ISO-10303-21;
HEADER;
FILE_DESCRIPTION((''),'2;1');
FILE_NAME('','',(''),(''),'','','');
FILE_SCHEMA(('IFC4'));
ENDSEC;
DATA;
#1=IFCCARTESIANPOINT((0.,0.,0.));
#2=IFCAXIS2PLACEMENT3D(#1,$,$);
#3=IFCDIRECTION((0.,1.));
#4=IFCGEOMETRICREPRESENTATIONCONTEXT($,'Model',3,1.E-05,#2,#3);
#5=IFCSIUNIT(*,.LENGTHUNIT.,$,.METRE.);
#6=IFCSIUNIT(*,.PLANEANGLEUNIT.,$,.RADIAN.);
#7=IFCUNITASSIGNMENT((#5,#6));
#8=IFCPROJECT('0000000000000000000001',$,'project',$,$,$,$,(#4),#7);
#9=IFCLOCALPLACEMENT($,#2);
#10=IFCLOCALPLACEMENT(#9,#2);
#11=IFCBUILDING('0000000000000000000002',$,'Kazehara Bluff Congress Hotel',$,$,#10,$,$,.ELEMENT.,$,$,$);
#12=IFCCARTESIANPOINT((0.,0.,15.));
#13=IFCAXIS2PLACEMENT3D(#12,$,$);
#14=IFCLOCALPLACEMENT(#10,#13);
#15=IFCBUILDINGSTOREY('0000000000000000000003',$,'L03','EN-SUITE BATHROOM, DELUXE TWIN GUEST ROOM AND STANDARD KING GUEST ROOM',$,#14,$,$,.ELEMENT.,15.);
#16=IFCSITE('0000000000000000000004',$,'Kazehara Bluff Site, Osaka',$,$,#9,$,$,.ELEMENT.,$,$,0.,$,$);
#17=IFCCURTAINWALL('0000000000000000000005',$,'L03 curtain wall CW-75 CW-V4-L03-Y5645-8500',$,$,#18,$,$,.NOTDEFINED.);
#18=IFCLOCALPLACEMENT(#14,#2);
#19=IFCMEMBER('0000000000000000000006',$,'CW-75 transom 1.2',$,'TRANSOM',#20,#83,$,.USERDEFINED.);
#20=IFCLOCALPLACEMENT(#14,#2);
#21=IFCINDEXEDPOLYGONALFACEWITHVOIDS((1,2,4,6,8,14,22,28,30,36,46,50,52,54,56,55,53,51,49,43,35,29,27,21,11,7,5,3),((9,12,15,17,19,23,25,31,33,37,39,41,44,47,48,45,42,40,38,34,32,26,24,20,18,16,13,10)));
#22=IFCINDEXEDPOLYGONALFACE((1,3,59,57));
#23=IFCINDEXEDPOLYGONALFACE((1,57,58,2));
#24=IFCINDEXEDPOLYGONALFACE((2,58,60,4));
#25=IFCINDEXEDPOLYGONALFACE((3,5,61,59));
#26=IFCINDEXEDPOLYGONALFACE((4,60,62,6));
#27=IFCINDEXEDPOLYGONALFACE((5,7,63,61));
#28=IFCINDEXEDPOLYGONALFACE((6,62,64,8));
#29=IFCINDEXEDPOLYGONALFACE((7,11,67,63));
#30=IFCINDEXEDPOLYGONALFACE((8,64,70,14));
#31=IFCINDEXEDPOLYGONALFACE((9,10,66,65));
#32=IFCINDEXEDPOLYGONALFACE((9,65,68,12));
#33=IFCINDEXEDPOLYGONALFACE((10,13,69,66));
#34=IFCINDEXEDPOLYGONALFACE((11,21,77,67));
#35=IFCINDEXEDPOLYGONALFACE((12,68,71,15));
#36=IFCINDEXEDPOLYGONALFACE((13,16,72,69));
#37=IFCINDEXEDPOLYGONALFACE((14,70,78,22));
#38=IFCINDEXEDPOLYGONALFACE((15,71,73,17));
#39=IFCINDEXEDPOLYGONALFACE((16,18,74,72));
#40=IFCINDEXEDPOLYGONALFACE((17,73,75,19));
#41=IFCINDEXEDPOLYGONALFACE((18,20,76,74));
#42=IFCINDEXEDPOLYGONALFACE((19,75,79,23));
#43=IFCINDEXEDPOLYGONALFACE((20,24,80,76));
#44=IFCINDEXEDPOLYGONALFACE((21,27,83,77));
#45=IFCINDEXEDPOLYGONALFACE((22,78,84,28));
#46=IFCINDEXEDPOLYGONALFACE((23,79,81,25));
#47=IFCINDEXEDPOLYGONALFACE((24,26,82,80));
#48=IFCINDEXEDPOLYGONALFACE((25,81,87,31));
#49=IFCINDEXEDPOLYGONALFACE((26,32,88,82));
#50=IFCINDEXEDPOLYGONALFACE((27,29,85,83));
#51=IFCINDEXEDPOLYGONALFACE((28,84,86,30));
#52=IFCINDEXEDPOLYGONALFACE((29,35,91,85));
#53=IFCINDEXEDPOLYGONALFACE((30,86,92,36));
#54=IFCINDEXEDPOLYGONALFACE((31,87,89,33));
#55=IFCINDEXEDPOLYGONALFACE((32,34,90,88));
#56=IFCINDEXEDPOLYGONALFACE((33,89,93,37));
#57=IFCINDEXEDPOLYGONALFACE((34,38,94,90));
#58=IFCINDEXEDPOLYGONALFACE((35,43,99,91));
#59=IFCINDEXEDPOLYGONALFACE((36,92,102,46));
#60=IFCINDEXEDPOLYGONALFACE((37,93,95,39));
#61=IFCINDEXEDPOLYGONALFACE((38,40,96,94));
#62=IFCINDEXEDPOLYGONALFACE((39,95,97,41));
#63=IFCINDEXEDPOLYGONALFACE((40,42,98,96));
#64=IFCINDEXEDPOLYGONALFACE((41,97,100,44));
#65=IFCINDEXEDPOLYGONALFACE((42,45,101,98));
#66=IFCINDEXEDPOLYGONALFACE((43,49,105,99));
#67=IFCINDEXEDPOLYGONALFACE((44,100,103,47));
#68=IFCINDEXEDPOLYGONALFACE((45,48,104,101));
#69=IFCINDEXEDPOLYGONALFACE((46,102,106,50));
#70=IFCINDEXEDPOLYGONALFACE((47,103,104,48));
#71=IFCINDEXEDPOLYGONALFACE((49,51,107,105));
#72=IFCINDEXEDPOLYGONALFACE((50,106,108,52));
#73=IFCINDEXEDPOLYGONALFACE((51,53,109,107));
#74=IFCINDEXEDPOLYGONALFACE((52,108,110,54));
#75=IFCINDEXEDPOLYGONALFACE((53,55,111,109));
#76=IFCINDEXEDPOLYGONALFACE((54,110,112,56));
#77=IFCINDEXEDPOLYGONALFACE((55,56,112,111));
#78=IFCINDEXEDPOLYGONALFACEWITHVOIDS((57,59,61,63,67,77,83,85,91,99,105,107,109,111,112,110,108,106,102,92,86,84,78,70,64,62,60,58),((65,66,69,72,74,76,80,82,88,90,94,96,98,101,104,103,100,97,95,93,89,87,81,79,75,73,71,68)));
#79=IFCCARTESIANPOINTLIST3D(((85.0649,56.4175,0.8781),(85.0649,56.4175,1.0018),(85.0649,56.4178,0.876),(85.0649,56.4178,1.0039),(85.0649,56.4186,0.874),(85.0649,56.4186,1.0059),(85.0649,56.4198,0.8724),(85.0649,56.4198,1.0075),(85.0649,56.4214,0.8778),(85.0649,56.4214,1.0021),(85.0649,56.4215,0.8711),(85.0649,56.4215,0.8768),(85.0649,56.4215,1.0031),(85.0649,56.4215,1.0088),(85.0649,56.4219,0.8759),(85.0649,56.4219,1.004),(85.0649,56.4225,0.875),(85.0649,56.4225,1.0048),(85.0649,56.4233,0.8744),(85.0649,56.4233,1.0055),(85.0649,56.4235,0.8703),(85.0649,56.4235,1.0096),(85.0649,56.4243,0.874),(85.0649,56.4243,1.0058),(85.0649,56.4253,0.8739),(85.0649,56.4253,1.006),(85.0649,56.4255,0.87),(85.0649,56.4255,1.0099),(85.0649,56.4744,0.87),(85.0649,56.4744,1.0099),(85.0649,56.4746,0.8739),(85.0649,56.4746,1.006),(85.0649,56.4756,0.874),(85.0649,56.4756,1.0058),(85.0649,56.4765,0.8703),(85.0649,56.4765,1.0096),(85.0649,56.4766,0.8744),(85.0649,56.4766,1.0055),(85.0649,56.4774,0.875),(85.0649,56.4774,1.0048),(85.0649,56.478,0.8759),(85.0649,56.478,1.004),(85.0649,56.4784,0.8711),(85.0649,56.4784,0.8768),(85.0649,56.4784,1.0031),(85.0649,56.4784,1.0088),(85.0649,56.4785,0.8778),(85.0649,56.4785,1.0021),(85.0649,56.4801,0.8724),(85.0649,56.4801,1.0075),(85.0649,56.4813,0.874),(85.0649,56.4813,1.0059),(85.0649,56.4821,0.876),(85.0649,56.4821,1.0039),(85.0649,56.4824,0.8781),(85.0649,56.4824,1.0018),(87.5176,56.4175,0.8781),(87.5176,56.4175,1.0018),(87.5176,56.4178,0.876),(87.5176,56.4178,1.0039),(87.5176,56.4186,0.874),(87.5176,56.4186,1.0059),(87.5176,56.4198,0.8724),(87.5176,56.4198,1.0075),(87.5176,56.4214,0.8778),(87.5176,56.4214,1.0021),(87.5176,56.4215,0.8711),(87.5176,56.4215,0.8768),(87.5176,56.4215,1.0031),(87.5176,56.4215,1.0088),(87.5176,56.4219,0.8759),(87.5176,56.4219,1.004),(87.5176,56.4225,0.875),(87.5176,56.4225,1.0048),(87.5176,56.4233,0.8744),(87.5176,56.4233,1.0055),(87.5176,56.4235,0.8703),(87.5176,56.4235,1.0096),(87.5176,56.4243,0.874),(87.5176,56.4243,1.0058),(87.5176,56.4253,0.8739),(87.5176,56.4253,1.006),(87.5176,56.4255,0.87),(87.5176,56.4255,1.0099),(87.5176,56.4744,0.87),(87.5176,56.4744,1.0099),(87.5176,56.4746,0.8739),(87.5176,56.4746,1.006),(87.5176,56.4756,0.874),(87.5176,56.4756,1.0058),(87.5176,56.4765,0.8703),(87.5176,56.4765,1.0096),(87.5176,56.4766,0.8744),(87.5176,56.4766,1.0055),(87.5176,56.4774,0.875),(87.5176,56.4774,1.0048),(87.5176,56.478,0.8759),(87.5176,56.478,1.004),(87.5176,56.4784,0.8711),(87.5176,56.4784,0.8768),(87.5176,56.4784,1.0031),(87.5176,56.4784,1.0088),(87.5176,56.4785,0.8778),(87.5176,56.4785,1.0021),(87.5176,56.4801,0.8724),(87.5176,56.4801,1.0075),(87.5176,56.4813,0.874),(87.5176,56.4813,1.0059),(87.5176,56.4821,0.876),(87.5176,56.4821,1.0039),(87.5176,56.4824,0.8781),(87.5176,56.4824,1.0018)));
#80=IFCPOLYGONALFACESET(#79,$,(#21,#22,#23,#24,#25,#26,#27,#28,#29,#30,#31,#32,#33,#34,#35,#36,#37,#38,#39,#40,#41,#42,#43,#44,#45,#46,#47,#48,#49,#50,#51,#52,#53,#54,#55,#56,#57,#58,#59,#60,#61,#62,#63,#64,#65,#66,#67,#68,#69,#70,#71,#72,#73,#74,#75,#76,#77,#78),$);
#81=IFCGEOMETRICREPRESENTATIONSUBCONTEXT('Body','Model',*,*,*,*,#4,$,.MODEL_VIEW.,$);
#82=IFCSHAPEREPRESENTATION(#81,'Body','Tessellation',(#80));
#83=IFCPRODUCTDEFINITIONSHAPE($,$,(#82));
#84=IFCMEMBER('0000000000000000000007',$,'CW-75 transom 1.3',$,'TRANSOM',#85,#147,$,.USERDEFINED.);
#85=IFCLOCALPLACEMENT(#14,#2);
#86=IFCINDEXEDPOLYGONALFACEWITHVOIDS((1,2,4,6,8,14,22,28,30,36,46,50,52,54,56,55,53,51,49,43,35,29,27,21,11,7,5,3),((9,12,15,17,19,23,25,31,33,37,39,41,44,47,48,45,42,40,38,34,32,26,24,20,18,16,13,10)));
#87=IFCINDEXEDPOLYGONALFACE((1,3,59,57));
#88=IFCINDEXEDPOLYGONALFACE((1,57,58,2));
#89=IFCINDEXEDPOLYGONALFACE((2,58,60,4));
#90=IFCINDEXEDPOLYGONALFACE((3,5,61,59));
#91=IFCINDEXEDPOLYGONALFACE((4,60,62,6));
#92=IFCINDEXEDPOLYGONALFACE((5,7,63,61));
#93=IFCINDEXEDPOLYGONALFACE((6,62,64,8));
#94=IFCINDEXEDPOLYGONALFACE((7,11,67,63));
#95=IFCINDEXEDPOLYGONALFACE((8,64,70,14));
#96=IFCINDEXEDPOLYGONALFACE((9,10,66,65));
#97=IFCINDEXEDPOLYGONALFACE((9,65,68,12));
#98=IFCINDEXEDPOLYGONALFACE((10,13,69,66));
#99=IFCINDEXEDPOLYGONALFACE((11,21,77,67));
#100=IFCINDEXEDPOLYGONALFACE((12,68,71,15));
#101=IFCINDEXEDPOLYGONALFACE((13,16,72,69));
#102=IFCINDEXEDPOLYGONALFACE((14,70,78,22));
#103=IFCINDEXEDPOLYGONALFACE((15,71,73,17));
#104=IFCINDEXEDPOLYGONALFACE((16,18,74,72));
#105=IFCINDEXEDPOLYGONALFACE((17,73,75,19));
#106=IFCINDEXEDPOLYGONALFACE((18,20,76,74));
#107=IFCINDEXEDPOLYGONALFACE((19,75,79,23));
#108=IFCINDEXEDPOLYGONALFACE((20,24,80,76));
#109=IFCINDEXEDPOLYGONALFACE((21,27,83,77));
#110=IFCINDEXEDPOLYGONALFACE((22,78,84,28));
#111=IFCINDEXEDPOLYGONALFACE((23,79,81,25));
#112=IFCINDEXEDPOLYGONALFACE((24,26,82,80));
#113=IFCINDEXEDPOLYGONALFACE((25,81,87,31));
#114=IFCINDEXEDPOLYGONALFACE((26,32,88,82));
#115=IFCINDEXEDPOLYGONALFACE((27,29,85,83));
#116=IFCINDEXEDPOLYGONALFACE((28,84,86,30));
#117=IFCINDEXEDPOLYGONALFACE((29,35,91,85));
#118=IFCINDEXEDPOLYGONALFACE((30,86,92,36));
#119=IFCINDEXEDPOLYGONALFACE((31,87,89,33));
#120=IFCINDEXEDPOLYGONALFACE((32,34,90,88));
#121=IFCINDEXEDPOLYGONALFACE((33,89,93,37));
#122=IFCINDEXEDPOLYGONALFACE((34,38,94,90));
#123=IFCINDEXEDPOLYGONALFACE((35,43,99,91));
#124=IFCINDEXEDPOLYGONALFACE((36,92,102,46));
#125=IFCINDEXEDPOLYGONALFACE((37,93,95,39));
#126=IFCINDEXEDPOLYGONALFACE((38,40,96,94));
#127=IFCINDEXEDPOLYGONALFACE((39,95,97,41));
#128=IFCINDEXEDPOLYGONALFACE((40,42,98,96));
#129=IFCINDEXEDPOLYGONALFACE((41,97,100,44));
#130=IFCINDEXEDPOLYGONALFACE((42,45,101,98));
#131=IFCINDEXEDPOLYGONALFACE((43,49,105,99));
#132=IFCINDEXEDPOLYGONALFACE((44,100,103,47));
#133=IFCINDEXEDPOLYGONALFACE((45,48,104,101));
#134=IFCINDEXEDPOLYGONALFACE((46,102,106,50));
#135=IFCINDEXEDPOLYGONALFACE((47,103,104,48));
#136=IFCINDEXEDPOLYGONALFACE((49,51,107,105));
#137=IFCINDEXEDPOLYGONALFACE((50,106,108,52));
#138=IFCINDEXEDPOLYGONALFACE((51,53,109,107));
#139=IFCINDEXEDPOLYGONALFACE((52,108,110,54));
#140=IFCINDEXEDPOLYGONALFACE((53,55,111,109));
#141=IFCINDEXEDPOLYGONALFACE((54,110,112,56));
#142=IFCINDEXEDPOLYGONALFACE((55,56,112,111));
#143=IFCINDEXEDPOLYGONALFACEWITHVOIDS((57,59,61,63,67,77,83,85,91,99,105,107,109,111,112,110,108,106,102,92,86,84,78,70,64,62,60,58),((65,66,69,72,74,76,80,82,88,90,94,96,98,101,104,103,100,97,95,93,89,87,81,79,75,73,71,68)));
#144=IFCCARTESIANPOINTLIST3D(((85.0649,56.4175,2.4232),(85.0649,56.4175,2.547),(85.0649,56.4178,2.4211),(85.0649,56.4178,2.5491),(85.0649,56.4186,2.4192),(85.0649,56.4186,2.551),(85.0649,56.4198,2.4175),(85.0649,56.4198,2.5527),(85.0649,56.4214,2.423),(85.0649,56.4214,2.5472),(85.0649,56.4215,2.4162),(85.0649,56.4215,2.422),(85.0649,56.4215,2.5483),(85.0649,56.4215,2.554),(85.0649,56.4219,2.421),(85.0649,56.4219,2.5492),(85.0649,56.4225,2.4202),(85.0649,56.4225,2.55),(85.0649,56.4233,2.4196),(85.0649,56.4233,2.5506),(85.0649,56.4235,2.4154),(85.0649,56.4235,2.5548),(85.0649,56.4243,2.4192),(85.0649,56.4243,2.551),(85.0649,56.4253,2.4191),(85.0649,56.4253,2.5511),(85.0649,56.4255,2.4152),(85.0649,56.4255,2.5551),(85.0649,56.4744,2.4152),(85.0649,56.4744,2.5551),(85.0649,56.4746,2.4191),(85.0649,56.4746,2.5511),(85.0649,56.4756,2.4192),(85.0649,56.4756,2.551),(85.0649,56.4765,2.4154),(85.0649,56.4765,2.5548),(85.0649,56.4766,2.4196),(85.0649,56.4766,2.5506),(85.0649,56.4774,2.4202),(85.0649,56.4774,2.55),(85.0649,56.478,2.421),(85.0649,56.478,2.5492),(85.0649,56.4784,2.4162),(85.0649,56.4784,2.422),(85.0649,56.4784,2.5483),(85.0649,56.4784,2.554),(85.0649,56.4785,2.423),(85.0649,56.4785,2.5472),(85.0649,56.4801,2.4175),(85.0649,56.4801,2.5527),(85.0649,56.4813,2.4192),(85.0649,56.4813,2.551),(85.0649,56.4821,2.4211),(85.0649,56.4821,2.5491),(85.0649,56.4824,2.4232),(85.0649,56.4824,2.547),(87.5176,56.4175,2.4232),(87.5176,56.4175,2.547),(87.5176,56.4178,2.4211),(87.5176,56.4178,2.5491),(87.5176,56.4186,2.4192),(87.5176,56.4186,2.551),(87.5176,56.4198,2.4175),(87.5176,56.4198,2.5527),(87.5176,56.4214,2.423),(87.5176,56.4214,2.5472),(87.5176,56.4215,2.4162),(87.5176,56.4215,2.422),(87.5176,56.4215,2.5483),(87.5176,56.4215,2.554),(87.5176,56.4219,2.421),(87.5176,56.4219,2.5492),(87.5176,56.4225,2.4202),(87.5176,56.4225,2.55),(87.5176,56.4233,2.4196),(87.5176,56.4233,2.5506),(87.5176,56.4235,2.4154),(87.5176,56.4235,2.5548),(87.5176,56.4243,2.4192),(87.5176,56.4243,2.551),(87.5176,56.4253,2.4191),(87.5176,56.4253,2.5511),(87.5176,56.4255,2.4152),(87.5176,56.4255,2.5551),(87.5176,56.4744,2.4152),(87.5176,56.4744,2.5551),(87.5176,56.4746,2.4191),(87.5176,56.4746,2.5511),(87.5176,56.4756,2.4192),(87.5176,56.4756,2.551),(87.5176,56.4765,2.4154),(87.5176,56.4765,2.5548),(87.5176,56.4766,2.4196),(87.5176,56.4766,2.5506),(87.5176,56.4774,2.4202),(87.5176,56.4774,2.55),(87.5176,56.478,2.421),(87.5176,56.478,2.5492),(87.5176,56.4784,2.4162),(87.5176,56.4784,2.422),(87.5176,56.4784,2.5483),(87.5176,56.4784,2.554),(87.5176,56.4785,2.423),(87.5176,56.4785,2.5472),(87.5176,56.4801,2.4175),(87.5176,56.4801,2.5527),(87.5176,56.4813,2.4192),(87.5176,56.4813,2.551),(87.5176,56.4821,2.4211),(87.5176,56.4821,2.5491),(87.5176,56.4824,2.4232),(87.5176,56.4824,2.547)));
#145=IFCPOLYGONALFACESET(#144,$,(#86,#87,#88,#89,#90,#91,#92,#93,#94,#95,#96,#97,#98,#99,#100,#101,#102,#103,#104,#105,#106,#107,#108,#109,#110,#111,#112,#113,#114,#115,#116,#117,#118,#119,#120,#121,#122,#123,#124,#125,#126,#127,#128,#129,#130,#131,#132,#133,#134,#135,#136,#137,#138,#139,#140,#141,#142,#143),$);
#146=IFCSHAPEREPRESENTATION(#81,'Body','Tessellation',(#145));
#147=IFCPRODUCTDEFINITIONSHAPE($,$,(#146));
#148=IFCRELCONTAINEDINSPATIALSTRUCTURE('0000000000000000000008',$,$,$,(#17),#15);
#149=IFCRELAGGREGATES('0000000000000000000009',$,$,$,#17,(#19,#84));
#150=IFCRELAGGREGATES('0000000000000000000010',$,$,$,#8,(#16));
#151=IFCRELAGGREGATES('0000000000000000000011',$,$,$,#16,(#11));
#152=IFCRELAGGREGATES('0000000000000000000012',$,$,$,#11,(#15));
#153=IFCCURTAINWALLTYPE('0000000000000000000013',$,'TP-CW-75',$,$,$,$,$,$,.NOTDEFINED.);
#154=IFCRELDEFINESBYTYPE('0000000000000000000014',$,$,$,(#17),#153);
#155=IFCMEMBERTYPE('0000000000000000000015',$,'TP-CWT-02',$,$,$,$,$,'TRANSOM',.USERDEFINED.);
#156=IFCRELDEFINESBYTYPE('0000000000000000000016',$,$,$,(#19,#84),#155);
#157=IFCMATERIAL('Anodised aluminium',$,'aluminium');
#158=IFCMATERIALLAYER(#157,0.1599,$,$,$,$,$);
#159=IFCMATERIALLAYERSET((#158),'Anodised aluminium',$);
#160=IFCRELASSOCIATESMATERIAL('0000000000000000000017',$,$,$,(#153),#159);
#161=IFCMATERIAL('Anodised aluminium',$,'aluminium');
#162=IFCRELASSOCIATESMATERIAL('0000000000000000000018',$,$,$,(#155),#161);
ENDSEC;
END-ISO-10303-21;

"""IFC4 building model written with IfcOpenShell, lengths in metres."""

from ifc_helpers import new_model, si_unit, direction, frame, origin, origin_2d, place, context, subcontext, project, spatial, hollow_rectangle, extrude, material, layer, layer_set, material_profile, profile_set, type_object, element, aggregate, save


model = new_model("IFC4")

# Units and contexts
model_context = context("Model", 3, precision=1e-05, world=origin(), true_north=direction((0.0, 1.0)))
body_context = subcontext(model_context, "Body", "Model", "MODEL_VIEW")
ifc_project = project(units=[si_unit("LENGTHUNIT", "METRE"), si_unit("PLANEANGLEUNIT", "RADIAN")], contexts=[model_context])

# Site, building, storey
site_placement = place(None, origin())
site = spatial("IfcSite", under=ifc_project, at=site_placement, Name="Kazehara Bluff Site, Osaka", CompositionType="ELEMENT", RefElevation=0.0)
building_placement = place(site_placement, origin())
building = spatial("IfcBuilding", under=site, at=building_placement, Name="Kazehara Bluff Congress Hotel", CompositionType="ELEMENT")
storey_placement = place(building_placement, frame((0.0, 0.0, 15.0)))
storey = spatial("IfcBuildingStorey", under=building, at=storey_placement, Name="L03", Description="EN-SUITE BATHROOM, DELUXE TWIN GUEST ROOM AND STANDARD KING GUEST ROOM", CompositionType="ELEMENT", Elevation=15.0)

# Curtain wall, members
ifc_material_1 = material(Name="Anodised aluminium", Category="aluminium")
ifc_layer_1 = layer(ifc_material_1, 0.1599)
ifc_layer_set_1 = layer_set([ifc_layer_1], Name="Anodised aluminium")
curtain_wall_type = type_object("IfcCurtainWallType", Name="TP-CW-75", PredefinedType="NOTDEFINED", material=ifc_layer_set_1)
curtain_wall_placement = place(storey_placement, origin())
curtain_wall = element("IfcCurtainWall", 1, at=curtain_wall_placement, inside=storey, type_object=curtain_wall_type, Name="L03 curtain wall CW-75 CW-V4-L03-Y5645-8500", PredefinedType="NOTDEFINED")
ifc_material_2 = material(Name="Anodised aluminium", Category="aluminium")
ifc_material_profile_1 = material_profile(ifc_material_2, hollow_rectangle(XDim=0.0649, YDim=0.1399, WallThickness=0.0039, InnerFilletRadius=0.0039, OuterFilletRadius=0.0081, at=origin_2d()))
ifc_profile_set_1 = profile_set([ifc_material_profile_1], Name="Anodised aluminium")
member_type_1 = type_object("IfcMemberType", Name="TP-CWT-02", ElementType="TRANSOM", PredefinedType="USERDEFINED", material=ifc_profile_set_1)
member_1_placement = place(storey_placement, frame((85.0649, 56.45, 0.9399), z_axis=(1.0, 0.0, 0.0), x_axis=(0.0, 1.0, 0.0)))
member_1 = element("IfcMember", 2, at=member_1_placement, type_object=member_type_1, Name="CW-75 transom 1.2", ObjectType="TRANSOM", PredefinedType="USERDEFINED", context=body_context, shape_type="SweptSolid", body=[
    extrude(hollow_rectangle(XDim=0.0649, YDim=0.1399, WallThickness=0.0039, InnerFilletRadius=0.0039, OuterFilletRadius=0.0081, at=origin_2d()), origin(), (0.0, 0.0, 1.0), 2.4526),
])
member_2_placement = place(storey_placement, frame((85.0649, 56.45, 2.4851), z_axis=(1.0, 0.0, 0.0), x_axis=(0.0, 1.0, 0.0)))
member_2 = element("IfcMember", 3, at=member_2_placement, type_object=member_type_1, Name="CW-75 transom 1.3", ObjectType="TRANSOM", PredefinedType="USERDEFINED", context=body_context, shape_type="SweptSolid", body=[
    extrude(hollow_rectangle(XDim=0.0649, YDim=0.1399, WallThickness=0.0039, InnerFilletRadius=0.0039, OuterFilletRadius=0.0081, at=origin_2d()), origin(), (0.0, 0.0, 1.0), 2.4526),
])

aggregate(curtain_wall, [member_1, member_2])

save(model, "model.ifc")
